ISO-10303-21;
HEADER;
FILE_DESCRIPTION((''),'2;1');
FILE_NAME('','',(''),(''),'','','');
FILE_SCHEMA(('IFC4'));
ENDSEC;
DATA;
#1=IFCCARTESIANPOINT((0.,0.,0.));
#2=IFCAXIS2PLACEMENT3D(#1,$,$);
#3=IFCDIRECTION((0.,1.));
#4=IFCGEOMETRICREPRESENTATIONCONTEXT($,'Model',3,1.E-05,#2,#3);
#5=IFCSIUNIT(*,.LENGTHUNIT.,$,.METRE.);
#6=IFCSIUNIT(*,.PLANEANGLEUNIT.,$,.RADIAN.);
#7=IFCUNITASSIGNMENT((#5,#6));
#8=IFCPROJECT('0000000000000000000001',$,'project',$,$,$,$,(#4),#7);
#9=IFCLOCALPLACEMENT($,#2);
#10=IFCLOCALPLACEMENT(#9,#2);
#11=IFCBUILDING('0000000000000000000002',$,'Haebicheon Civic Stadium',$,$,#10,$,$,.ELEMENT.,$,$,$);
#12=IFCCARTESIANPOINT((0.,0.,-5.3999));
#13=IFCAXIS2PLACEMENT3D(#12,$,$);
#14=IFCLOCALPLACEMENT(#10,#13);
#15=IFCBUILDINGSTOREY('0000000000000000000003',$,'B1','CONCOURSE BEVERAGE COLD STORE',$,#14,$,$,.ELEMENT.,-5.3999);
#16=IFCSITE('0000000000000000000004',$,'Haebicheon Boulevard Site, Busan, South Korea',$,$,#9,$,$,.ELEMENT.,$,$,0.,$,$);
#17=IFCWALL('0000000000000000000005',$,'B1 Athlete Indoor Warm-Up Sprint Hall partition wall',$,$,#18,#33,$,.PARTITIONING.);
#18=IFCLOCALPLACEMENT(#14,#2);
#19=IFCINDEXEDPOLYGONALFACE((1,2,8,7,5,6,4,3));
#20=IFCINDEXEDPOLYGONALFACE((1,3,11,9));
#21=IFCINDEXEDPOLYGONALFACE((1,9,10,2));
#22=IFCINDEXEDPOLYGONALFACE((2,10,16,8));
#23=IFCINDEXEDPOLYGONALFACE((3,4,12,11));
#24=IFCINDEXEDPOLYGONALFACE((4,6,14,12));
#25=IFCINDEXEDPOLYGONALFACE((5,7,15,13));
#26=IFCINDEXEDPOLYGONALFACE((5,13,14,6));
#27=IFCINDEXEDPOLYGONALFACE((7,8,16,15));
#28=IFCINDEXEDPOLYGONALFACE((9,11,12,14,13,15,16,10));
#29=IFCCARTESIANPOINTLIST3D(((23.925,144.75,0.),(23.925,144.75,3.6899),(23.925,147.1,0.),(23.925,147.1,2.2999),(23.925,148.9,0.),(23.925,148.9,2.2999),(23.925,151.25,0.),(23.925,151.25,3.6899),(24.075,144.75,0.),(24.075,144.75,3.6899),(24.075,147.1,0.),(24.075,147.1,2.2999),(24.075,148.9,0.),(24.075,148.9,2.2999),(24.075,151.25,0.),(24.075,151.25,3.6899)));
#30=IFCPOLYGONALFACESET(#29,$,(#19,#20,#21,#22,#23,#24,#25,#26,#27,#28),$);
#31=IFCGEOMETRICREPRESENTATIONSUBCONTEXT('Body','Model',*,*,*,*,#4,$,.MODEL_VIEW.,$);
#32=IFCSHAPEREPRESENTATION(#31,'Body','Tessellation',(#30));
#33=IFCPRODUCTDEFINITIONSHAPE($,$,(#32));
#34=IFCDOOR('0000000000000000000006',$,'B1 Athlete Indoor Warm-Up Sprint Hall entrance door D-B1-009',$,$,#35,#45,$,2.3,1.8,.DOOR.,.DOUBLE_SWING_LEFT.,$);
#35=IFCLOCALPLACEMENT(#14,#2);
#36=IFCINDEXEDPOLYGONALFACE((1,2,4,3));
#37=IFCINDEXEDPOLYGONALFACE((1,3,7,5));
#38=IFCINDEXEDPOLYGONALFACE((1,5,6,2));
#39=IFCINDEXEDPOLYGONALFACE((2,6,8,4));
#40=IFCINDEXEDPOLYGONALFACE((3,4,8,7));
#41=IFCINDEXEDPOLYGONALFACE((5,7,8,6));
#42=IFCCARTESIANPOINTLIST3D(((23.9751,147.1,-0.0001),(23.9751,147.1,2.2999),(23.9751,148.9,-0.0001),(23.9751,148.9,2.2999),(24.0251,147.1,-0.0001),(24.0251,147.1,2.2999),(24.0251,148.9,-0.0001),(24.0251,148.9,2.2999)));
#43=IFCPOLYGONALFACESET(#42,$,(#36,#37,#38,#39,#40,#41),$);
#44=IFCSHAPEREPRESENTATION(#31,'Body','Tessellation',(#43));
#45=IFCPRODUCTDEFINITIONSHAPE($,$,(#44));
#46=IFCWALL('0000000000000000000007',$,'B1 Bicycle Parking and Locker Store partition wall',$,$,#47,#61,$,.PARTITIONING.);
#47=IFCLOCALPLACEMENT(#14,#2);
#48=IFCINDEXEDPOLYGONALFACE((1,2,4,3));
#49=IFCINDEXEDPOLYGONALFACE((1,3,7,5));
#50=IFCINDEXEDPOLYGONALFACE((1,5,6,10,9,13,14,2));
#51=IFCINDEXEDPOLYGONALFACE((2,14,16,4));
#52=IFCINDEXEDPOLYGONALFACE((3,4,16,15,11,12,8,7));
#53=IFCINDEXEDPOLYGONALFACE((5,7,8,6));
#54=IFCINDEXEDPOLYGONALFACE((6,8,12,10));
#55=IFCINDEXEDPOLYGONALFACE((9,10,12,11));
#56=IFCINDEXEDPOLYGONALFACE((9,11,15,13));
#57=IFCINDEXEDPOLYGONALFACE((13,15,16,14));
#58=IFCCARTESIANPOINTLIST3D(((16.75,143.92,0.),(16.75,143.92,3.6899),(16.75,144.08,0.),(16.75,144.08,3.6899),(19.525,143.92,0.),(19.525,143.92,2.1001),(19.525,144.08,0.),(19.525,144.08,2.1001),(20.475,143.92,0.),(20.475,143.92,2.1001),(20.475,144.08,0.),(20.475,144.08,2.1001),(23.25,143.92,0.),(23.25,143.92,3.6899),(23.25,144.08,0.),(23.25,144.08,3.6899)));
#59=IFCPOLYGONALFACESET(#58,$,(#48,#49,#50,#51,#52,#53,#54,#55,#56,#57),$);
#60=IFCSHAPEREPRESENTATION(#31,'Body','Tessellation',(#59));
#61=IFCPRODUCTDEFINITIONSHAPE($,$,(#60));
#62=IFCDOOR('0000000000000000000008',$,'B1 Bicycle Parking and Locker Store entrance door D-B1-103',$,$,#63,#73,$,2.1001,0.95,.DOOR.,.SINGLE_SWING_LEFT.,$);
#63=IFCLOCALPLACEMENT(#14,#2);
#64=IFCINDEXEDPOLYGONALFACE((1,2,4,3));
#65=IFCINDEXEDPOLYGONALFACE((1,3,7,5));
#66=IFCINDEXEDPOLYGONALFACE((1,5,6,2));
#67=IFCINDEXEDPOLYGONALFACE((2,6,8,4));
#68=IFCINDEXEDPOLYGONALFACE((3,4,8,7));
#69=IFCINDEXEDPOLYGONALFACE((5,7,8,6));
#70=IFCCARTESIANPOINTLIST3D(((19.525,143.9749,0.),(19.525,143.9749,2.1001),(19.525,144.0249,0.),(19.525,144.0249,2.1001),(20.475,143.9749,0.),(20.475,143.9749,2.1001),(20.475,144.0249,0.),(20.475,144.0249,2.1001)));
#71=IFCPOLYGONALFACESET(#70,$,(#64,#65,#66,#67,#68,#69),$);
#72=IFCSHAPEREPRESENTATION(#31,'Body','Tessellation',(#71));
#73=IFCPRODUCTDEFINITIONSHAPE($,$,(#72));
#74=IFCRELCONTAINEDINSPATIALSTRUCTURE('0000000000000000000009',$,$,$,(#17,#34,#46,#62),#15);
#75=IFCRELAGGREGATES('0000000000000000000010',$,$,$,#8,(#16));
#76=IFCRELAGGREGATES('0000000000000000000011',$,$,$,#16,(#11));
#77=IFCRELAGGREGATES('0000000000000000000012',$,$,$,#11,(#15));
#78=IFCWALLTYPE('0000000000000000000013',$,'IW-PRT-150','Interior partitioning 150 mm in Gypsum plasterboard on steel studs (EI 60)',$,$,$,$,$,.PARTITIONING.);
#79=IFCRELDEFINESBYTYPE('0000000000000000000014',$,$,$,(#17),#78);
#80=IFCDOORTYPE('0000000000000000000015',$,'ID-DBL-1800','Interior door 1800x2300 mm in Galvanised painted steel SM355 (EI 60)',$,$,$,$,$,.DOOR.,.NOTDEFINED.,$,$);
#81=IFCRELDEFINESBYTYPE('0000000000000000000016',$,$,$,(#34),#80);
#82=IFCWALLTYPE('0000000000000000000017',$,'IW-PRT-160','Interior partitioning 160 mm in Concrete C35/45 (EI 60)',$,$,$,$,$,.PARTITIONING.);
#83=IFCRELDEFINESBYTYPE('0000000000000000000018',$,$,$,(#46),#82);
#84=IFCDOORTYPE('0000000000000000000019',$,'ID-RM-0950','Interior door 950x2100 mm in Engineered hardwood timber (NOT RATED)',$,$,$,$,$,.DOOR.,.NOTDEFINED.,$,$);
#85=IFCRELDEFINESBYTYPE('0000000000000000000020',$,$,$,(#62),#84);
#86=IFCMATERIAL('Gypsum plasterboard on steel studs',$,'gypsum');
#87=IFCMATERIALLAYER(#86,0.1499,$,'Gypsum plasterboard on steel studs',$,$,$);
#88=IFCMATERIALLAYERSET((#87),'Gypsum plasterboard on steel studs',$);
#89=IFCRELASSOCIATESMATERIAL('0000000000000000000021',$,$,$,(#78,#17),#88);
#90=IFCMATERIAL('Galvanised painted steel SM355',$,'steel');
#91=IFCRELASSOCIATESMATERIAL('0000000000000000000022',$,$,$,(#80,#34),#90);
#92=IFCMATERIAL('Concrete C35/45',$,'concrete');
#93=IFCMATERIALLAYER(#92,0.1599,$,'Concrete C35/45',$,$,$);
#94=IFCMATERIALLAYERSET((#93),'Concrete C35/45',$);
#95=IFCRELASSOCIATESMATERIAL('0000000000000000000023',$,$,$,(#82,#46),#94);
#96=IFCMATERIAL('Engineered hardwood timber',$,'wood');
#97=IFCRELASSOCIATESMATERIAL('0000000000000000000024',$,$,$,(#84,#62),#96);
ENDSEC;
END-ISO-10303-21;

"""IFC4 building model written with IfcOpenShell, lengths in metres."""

from ifc_helpers import new_model, si_unit, direction, frame, frame_2d, origin, place, context, subcontext, project, spatial, rectangle, extrude, material, layer, layer_set, type_object, element, fill, save


model = new_model("IFC4")

# Units and contexts
model_context = context("Model", 3, precision=1e-05, world=origin(), true_north=direction((0.0, 1.0)))
body_context = subcontext(model_context, "Body", "Model", "MODEL_VIEW")
ifc_project = project(units=[si_unit("LENGTHUNIT", "METRE"), si_unit("PLANEANGLEUNIT", "RADIAN")], contexts=[model_context])

# Site, building, storey
site_placement = place(None, origin())
site = spatial("IfcSite", under=ifc_project, at=site_placement, Name="Haebicheon Boulevard Site, Busan, South Korea", CompositionType="ELEMENT", RefElevation=0.0)
building_placement = place(site_placement, origin())
building = spatial("IfcBuilding", under=site, at=building_placement, Name="Haebicheon Civic Stadium", CompositionType="ELEMENT")
storey_placement = place(building_placement, frame((0.0, 0.0, -5.3999)))
storey = spatial("IfcBuildingStorey", under=building, at=storey_placement, Name="B1", Description="CONCOURSE BEVERAGE COLD STORE", CompositionType="ELEMENT", Elevation=-5.3999)

# Walls, openings, doors
ifc_material_1 = material(Name="Gypsum plasterboard on steel studs", Category="gypsum")
ifc_layer_1 = layer(ifc_material_1, 0.1499, Name="Gypsum plasterboard on steel studs")
ifc_layer_set_1 = layer_set([ifc_layer_1], Name="Gypsum plasterboard on steel studs")
wall_type_1 = type_object("IfcWallType", Name="IW-PRT-150", Description="Interior partitioning 150 mm in Gypsum plasterboard on steel studs (EI 60)", PredefinedType="PARTITIONING", material=ifc_layer_set_1)
wall_1_placement = place(storey_placement, frame((24.0, 144.75, 0.0), z_axis=(0.0, 0.0, 1.0), x_axis=(0.0, 1.0, 0.0)))
wall_1 = element("IfcWall", 1, at=wall_1_placement, inside=storey, type_object=wall_type_1, material=ifc_layer_set_1, Name="B1 Athlete Indoor Warm-Up Sprint Hall partition wall", PredefinedType="PARTITIONING", context=body_context, shape_type="SweptSolid", body=[
    extrude(rectangle(XDim=6.5, YDim=0.1499, at=frame_2d((3.25, 0.0))), origin(), (0.0, 0.0, 1.0), 3.6899),
])
opening_1_placement = place(wall_1_placement, frame((2.3501, 0.0, 0.0)))
opening_1 = element("IfcOpeningElement", 2, at=opening_1_placement, cuts=wall_1, PredefinedType="OPENING", context=body_context, shape_type="SweptSolid", body=[
    extrude(rectangle(XDim=1.8, YDim=2.3, at=frame_2d((0.8999, 1.1499))), frame((0.0, 0.085, 0.0), z_axis=(0.0, -1.0, 0.0), x_axis=(1.0, 0.0, 0.0)), (0.0, 0.0, 1.0), 0.1699),
])
ifc_material_2 = material(Name="Galvanised painted steel SM355", Category="steel")
door_type_1 = type_object("IfcDoorType", Name="ID-DBL-1800", Description="Interior door 1800x2300 mm in Galvanised painted steel SM355 (EI 60)", OperationType="NOTDEFINED", PredefinedType="DOOR", material=ifc_material_2)
door_1_placement = place(opening_1_placement, origin())
door_1 = element("IfcDoor", 3, at=door_1_placement, inside=storey, type_object=door_type_1, material=ifc_material_2, Name="B1 Athlete Indoor Warm-Up Sprint Hall entrance door D-B1-009", OperationType="DOUBLE_SWING_LEFT", OverallHeight=2.3, OverallWidth=1.8, PredefinedType="DOOR", context=body_context, shape_type="SweptSolid", body=[
    extrude(rectangle(XDim=1.8, YDim=2.3, at=frame_2d((0.8999, 1.1499))), frame((0.0, 0.0249, 0.0), z_axis=(0.0, -1.0, 0.0), x_axis=(1.0, 0.0, 0.0)), (0.0, 0.0, 1.0), 0.05),
])
fill(opening_1, door_1)
ifc_material_3 = material(Name="Concrete C35/45", Category="concrete")
ifc_layer_2 = layer(ifc_material_3, 0.1599, Name="Concrete C35/45")
ifc_layer_set_2 = layer_set([ifc_layer_2], Name="Concrete C35/45")
wall_type_2 = type_object("IfcWallType", Name="IW-PRT-160", Description="Interior partitioning 160 mm in Concrete C35/45 (EI 60)", PredefinedType="PARTITIONING", material=ifc_layer_set_2)
wall_2_placement = place(storey_placement, frame((16.75, 144.0, 0.0), z_axis=(0.0, 0.0, 1.0), x_axis=(1.0, 0.0, 0.0)))
wall_2 = element("IfcWall", 4, at=wall_2_placement, inside=storey, type_object=wall_type_2, material=ifc_layer_set_2, Name="B1 Bicycle Parking and Locker Store partition wall", PredefinedType="PARTITIONING", context=body_context, shape_type="SweptSolid", body=[
    extrude(rectangle(XDim=6.5, YDim=0.1599, at=frame_2d((3.25, 0.0))), origin(), (0.0, 0.0, 1.0), 3.6899),
])
opening_2_placement = place(wall_2_placement, frame((2.7749, 0.0, 0.0)))
opening_2 = element("IfcOpeningElement", 5, at=opening_2_placement, cuts=wall_2, PredefinedType="OPENING", context=body_context, shape_type="SweptSolid", body=[
    extrude(rectangle(XDim=0.95, YDim=2.1001, at=frame_2d((0.4751, 1.05))), frame((0.0, 0.0898, 0.0), z_axis=(0.0, -1.0, 0.0), x_axis=(1.0, 0.0, 0.0)), (0.0, 0.0, 1.0), 0.1799),
])
ifc_material_4 = material(Name="Engineered hardwood timber", Category="wood")
door_type_2 = type_object("IfcDoorType", Name="ID-RM-0950", Description="Interior door 950x2100 mm in Engineered hardwood timber (NOT RATED)", OperationType="NOTDEFINED", PredefinedType="DOOR", material=ifc_material_4)
door_2_placement = place(opening_2_placement, origin())
door_2 = element("IfcDoor", 6, at=door_2_placement, inside=storey, type_object=door_type_2, material=ifc_material_4, Name="B1 Bicycle Parking and Locker Store entrance door D-B1-103", OperationType="SINGLE_SWING_LEFT", OverallHeight=2.1001, OverallWidth=0.95, PredefinedType="DOOR", context=body_context, shape_type="SweptSolid", body=[
    extrude(rectangle(XDim=0.95, YDim=2.1001, at=frame_2d((0.4751, 1.05))), frame((0.0, 0.0249, 0.0), z_axis=(0.0, -1.0, 0.0), x_axis=(1.0, 0.0, 0.0)), (0.0, 0.0, 1.0), 0.05),
])
fill(opening_2, door_2)

save(model, "model.ifc")
